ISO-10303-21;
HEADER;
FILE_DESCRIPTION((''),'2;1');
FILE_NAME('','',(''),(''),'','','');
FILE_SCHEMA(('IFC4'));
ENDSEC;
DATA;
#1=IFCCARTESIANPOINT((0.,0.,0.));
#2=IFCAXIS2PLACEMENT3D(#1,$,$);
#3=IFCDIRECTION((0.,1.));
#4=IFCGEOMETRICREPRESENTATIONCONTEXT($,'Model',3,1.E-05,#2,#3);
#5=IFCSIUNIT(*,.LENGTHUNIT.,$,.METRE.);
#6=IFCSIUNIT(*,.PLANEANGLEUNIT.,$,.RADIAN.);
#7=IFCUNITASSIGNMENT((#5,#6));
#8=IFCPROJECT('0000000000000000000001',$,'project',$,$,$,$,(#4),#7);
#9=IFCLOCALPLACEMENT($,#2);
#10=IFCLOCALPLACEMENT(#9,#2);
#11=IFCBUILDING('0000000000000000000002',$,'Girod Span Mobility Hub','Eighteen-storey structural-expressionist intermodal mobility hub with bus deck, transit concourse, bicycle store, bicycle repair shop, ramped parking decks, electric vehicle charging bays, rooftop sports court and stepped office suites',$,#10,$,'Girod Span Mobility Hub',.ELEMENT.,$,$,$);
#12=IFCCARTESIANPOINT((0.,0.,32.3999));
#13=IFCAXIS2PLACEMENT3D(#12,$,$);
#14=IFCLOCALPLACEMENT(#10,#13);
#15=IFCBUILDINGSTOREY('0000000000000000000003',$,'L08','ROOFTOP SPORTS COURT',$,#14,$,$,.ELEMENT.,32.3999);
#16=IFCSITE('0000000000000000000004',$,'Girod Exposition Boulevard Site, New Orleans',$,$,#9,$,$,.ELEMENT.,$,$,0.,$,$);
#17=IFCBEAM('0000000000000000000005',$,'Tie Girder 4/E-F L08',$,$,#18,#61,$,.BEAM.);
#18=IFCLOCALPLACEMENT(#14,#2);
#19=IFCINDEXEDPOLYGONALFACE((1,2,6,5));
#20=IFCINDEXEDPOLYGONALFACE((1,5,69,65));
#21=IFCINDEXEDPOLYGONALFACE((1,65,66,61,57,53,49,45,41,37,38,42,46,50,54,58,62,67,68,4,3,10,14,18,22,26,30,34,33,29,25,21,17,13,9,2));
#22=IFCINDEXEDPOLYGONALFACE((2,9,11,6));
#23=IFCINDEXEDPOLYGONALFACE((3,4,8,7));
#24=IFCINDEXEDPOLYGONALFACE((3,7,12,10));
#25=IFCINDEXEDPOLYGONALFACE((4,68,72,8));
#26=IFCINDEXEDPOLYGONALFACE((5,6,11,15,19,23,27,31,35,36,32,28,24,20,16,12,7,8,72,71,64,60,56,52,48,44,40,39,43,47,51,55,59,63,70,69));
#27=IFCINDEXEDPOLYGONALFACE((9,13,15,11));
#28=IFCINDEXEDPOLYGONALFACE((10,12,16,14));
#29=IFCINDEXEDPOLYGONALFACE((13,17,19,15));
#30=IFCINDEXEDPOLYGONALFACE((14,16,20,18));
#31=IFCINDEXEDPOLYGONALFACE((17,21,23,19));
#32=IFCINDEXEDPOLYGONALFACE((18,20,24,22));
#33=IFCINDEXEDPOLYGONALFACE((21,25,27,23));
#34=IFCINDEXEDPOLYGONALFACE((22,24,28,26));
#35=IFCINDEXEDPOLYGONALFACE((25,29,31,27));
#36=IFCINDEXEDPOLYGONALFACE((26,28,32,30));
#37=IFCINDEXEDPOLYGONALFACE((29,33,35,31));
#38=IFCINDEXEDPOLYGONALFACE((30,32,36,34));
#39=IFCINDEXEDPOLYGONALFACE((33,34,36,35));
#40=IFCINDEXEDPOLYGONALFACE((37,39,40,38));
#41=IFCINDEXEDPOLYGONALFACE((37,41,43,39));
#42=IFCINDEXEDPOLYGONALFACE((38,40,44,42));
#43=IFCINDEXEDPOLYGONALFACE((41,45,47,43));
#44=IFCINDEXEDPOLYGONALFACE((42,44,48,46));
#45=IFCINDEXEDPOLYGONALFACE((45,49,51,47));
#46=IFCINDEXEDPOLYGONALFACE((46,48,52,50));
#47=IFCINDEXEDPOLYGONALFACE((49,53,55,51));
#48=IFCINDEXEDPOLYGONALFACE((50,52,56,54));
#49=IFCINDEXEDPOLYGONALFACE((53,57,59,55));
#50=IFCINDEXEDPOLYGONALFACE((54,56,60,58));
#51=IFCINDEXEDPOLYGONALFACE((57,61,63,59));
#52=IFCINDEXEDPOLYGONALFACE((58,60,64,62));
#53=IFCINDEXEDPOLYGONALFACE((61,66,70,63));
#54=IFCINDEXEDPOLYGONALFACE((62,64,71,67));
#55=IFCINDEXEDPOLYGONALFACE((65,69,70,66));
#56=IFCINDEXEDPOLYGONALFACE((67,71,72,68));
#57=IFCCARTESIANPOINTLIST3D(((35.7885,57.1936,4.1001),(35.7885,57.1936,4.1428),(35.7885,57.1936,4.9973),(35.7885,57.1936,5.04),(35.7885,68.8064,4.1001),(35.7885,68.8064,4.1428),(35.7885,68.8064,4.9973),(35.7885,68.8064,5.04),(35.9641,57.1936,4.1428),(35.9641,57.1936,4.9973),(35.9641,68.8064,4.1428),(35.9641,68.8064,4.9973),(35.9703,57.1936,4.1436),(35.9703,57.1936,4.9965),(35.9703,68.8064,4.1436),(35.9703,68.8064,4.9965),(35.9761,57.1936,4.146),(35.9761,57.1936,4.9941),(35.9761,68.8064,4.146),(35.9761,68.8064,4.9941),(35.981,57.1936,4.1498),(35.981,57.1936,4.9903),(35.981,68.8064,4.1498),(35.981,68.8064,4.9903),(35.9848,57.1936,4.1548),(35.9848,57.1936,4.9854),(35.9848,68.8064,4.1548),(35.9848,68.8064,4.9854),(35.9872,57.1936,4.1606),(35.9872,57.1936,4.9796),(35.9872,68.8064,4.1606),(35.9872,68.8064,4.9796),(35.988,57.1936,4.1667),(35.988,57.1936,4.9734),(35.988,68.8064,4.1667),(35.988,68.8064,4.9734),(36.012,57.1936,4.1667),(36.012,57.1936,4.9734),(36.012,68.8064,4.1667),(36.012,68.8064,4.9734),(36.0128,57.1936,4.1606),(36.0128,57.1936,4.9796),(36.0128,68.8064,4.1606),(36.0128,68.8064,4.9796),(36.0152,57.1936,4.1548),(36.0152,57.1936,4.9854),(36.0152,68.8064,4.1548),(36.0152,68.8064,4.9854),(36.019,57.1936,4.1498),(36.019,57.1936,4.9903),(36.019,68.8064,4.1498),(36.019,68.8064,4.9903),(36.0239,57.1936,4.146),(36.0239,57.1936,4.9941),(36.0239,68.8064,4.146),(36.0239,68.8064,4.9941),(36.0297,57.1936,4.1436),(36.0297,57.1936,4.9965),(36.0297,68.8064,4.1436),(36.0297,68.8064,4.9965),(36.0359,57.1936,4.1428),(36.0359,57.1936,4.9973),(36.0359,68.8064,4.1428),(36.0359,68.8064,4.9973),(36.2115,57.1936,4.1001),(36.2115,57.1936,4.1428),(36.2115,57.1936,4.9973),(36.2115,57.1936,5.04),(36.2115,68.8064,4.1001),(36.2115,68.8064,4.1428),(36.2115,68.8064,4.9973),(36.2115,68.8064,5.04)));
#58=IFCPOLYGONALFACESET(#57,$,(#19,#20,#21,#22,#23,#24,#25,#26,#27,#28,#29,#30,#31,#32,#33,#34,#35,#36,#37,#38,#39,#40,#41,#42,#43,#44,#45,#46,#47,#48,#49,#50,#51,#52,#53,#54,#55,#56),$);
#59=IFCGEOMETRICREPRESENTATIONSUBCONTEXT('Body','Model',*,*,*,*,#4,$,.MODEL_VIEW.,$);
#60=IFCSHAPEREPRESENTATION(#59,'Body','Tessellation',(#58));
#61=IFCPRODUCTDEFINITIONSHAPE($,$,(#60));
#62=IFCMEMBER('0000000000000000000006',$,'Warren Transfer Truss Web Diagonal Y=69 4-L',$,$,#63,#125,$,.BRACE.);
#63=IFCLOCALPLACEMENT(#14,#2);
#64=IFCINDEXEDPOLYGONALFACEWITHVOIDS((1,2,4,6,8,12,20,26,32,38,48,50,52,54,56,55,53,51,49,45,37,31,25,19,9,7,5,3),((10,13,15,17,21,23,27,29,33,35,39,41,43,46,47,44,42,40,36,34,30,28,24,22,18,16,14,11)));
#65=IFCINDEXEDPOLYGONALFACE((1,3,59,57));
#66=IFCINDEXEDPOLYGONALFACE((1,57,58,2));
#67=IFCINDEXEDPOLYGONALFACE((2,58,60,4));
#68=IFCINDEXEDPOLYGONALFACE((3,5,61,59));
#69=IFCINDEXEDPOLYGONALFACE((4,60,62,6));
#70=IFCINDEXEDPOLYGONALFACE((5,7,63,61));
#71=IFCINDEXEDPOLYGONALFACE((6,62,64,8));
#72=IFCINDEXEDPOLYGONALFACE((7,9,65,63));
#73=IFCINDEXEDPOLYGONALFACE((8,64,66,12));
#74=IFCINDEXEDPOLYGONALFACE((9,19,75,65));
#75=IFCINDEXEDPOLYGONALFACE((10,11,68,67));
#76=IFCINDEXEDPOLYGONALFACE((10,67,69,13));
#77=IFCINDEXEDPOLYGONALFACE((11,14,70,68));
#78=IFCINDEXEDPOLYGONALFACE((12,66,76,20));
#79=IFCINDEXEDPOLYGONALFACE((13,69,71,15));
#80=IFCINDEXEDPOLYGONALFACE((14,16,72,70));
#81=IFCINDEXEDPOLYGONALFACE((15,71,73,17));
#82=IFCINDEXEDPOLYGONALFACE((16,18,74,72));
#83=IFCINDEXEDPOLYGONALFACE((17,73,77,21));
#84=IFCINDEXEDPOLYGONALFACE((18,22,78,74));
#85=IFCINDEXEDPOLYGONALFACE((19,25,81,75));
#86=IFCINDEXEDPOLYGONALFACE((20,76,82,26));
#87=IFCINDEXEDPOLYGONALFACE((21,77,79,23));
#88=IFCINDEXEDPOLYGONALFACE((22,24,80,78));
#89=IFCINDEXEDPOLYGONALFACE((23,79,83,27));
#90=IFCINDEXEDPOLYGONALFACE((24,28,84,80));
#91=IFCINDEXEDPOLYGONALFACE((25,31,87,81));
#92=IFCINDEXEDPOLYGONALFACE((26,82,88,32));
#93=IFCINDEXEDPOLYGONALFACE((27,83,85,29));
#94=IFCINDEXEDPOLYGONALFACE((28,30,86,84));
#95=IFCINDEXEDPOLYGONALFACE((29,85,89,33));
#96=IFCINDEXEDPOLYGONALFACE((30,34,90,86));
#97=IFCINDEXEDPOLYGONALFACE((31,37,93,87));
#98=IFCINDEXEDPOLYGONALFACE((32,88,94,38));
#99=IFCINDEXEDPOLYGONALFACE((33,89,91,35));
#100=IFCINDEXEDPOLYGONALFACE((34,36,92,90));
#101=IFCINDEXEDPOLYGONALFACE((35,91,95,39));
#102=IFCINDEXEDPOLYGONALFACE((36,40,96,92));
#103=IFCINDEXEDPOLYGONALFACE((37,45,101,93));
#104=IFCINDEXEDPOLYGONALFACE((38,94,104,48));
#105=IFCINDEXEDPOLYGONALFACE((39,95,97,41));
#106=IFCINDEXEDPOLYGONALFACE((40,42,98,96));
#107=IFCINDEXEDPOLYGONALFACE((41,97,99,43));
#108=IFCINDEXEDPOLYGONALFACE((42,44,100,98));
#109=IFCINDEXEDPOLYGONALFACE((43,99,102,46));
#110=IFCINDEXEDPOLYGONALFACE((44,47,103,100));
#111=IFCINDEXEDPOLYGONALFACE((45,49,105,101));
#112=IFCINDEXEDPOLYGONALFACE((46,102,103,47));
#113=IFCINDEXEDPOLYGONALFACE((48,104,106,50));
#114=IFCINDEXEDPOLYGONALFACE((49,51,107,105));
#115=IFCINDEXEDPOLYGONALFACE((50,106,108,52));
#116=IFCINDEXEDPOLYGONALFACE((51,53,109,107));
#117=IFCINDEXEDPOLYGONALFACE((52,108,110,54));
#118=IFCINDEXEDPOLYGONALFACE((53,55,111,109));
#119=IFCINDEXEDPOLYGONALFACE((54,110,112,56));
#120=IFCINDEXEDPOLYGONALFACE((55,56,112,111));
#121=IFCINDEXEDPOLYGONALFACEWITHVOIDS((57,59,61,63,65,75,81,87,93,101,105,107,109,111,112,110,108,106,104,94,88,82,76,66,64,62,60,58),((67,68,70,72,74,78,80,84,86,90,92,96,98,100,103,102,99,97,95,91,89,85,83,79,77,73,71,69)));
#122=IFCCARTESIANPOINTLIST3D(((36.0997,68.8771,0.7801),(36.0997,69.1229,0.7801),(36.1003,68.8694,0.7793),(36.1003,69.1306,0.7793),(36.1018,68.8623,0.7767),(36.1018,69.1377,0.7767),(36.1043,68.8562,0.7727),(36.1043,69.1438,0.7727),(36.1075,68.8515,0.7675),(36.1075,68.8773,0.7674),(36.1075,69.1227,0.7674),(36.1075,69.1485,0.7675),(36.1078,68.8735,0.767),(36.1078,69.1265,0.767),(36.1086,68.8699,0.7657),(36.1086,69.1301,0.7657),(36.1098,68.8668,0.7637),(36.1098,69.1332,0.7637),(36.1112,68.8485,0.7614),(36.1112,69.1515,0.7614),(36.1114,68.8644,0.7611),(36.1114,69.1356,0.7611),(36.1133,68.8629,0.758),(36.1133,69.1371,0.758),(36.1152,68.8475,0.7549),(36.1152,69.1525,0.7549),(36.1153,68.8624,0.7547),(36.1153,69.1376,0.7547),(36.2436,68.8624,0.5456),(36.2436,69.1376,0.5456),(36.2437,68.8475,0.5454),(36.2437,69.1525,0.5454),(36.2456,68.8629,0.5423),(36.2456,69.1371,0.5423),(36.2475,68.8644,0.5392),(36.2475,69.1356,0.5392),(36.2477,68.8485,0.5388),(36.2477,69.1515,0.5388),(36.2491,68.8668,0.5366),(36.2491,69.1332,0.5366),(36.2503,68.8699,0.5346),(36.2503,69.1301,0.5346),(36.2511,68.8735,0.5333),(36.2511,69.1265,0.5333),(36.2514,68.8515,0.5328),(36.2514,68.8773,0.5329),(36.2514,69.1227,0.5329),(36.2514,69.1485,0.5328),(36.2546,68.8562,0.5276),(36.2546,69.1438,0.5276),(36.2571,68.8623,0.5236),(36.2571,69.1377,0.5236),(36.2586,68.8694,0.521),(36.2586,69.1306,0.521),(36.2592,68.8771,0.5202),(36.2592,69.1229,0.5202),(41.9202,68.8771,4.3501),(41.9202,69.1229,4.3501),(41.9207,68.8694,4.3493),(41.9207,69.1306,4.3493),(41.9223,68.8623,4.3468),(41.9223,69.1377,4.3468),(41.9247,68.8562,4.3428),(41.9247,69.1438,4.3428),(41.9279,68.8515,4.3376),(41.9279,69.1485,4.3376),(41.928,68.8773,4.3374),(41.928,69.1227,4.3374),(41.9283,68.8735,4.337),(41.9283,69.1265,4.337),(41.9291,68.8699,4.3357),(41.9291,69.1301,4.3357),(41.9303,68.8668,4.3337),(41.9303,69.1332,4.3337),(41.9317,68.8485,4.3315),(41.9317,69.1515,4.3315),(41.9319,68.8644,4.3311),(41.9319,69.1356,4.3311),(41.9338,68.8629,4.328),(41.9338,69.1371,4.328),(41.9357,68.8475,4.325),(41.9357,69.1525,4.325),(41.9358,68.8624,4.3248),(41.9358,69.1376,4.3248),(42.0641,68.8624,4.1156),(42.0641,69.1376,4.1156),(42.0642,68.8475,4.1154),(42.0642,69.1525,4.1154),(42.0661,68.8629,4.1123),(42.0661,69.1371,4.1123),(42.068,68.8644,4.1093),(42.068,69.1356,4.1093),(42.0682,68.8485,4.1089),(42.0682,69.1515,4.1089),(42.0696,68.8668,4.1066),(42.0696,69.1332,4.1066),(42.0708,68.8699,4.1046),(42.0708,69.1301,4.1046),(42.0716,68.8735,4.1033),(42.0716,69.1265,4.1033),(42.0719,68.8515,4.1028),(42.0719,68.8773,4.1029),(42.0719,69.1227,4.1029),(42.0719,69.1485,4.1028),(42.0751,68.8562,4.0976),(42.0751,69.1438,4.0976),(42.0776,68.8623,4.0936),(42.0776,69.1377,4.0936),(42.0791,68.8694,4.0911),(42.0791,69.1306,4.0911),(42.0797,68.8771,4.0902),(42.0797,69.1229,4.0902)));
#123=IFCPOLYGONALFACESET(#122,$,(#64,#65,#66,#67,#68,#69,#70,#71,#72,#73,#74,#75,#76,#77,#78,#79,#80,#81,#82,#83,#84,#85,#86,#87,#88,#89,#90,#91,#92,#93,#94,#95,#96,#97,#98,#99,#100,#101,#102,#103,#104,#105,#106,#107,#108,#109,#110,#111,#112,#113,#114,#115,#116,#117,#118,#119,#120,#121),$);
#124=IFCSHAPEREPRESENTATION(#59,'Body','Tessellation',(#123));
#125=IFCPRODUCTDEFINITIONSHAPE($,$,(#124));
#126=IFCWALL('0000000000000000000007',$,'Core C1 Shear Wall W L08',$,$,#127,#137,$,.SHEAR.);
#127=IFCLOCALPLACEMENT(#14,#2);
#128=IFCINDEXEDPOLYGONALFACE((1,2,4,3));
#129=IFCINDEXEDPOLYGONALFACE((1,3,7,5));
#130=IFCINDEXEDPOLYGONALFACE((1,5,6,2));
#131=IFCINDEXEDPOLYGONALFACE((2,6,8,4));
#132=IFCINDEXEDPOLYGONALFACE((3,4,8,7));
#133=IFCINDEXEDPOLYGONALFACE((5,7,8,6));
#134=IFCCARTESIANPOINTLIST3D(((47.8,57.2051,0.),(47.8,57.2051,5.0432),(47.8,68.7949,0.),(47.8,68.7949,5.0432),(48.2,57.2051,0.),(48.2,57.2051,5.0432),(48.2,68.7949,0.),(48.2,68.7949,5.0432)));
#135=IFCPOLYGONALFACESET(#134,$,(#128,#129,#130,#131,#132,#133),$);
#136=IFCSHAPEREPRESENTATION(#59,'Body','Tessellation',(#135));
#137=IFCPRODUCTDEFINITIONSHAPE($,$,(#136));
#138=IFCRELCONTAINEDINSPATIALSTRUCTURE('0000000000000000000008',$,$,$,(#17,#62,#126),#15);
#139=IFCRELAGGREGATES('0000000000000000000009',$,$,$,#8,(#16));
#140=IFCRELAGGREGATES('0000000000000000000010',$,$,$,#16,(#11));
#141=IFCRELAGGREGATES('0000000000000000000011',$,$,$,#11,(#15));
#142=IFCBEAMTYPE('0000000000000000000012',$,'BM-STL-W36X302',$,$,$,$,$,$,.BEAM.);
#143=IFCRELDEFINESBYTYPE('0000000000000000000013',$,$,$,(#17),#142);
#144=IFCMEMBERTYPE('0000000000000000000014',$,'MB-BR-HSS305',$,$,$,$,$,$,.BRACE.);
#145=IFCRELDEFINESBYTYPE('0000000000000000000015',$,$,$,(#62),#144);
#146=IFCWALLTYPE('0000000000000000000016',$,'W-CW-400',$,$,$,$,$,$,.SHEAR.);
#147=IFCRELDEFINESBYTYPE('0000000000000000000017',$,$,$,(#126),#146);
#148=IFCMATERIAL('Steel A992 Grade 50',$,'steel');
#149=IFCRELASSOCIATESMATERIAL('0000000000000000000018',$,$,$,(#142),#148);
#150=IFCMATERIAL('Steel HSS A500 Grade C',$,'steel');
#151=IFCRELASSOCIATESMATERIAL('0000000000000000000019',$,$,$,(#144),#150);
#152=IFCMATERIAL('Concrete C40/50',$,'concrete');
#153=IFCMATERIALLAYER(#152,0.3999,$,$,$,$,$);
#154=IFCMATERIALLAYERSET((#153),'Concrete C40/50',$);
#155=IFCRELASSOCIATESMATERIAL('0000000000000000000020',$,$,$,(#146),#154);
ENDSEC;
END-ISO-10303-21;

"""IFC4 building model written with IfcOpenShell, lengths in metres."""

from ifc_helpers import new_model, si_unit, direction, frame, frame_2d, origin, origin_2d, place, context, subcontext, project, spatial, rectangle, hollow_rectangle, i_section, extrude, material, layer, layer_set, material_profile, profile_set, type_object, element, save


model = new_model("IFC4")

# Units and contexts
model_context = context("Model", 3, precision=1e-05, world=origin(), true_north=direction((0.0, 1.0)))
body_context = subcontext(model_context, "Body", "Model", "MODEL_VIEW")
ifc_project = project(units=[si_unit("LENGTHUNIT", "METRE"), si_unit("PLANEANGLEUNIT", "RADIAN")], contexts=[model_context])

# Site, building, storey
site_placement = place(None, origin())
site = spatial("IfcSite", under=ifc_project, at=site_placement, Name="Girod Exposition Boulevard Site, New Orleans", CompositionType="ELEMENT", RefElevation=0.0)
building_placement = place(site_placement, origin())
building = spatial("IfcBuilding", under=site, at=building_placement, Name="Girod Span Mobility Hub", Description="Eighteen-storey structural-expressionist intermodal mobility hub with bus deck, transit concourse, bicycle store, bicycle repair shop, ramped parking decks, electric vehicle charging bays, rooftop sports court and stepped office suites", LongName="Girod Span Mobility Hub", CompositionType="ELEMENT")
storey_placement = place(building_placement, frame((0.0, 0.0, 32.3999)))
storey = spatial("IfcBuildingStorey", under=building, at=storey_placement, Name="L08", Description="ROOFTOP SPORTS COURT", CompositionType="ELEMENT", Elevation=32.3999)

# Beam
ifc_material_1 = material(Name="Steel A992 Grade 50", Category="steel")
ifc_material_profile_1 = material_profile(ifc_material_1, i_section(OverallWidth=0.4231, OverallDepth=0.9399, WebThickness=0.0239, FlangeThickness=0.0427, FilletRadius=0.0239, at=origin_2d()), Name="W36X302")
ifc_profile_set_1 = profile_set([ifc_material_profile_1], Name="Steel A992 Grade 50")
beam_type_1 = type_object("IfcBeamType", Name="BM-STL-W36X302", PredefinedType="BEAM", material=ifc_profile_set_1)
beam_1_placement = place(storey_placement, frame((36.0, 57.1936, 4.5701), z_axis=(0.0, 1.0, 0.0), x_axis=(-1.0, 0.0, 0.0)))
element("IfcBeam", 1, at=beam_1_placement, inside=storey, type_object=beam_type_1, Name="Tie Girder 4/E-F L08", PredefinedType="BEAM", context=body_context, shape_type="SweptSolid", body=[
    extrude(i_section(OverallWidth=0.4231, OverallDepth=0.9399, WebThickness=0.0239, FlangeThickness=0.0427, FilletRadius=0.0239, at=origin_2d()), origin(), (0.0, 0.0, 1.0), 11.6128),
])

# Member
ifc_material_2 = material(Name="Steel HSS A500 Grade C", Category="steel")
ifc_material_profile_2 = material_profile(ifc_material_2, hollow_rectangle(XDim=0.3049, YDim=0.3049, WallThickness=0.0149, InnerFilletRadius=0.0149, OuterFilletRadius=0.0295, at=origin_2d()), Name="HSS305X305X16")
ifc_profile_set_2 = profile_set([ifc_material_profile_2], Name="Steel HSS A500 Grade C")
member_type = type_object("IfcMemberType", Name="MB-BR-HSS305", PredefinedType="BRACE", material=ifc_profile_set_2)
member_placement = place(storey_placement, frame((36.1794, 69.0, 0.6501), z_axis=(0.85243, 0.0, 0.522842), x_axis=(0.0, 1.0, 0.0)))
element("IfcMember", 2, at=member_placement, inside=storey, type_object=member_type, Name="Warren Transfer Truss Web Diagonal Y=69 4-L", PredefinedType="BRACE", context=body_context, shape_type="SweptSolid", body=[
    extrude(hollow_rectangle(XDim=0.3049, YDim=0.3049, WallThickness=0.0149, InnerFilletRadius=0.0149, OuterFilletRadius=0.0295, at=origin_2d()), origin(), (0.0, 0.0, 1.0), 6.8281),
])

# Wall
ifc_material_3 = material(Name="Concrete C40/50", Category="concrete")
ifc_layer_1 = layer(ifc_material_3, 0.3999)
ifc_layer_set_1 = layer_set([ifc_layer_1], Name="Concrete C40/50")
wall_type_1 = type_object("IfcWallType", Name="W-CW-400", PredefinedType="SHEAR", material=ifc_layer_set_1)
wall_1_placement = place(storey_placement, frame((48.0, 57.2051, 0.0), z_axis=(0.0, 0.0, 1.0), x_axis=(0.0, 1.0, 0.0)))
element("IfcWall", 3, at=wall_1_placement, inside=storey, type_object=wall_type_1, Name="Core C1 Shear Wall W L08", PredefinedType="SHEAR", context=body_context, shape_type="SweptSolid", body=[
    extrude(rectangle(XDim=11.5898, YDim=0.3999, at=frame_2d((5.7949, 0.0))), origin(), (0.0, 0.0, 1.0), 5.0432),
])

save(model, "model.ifc")
